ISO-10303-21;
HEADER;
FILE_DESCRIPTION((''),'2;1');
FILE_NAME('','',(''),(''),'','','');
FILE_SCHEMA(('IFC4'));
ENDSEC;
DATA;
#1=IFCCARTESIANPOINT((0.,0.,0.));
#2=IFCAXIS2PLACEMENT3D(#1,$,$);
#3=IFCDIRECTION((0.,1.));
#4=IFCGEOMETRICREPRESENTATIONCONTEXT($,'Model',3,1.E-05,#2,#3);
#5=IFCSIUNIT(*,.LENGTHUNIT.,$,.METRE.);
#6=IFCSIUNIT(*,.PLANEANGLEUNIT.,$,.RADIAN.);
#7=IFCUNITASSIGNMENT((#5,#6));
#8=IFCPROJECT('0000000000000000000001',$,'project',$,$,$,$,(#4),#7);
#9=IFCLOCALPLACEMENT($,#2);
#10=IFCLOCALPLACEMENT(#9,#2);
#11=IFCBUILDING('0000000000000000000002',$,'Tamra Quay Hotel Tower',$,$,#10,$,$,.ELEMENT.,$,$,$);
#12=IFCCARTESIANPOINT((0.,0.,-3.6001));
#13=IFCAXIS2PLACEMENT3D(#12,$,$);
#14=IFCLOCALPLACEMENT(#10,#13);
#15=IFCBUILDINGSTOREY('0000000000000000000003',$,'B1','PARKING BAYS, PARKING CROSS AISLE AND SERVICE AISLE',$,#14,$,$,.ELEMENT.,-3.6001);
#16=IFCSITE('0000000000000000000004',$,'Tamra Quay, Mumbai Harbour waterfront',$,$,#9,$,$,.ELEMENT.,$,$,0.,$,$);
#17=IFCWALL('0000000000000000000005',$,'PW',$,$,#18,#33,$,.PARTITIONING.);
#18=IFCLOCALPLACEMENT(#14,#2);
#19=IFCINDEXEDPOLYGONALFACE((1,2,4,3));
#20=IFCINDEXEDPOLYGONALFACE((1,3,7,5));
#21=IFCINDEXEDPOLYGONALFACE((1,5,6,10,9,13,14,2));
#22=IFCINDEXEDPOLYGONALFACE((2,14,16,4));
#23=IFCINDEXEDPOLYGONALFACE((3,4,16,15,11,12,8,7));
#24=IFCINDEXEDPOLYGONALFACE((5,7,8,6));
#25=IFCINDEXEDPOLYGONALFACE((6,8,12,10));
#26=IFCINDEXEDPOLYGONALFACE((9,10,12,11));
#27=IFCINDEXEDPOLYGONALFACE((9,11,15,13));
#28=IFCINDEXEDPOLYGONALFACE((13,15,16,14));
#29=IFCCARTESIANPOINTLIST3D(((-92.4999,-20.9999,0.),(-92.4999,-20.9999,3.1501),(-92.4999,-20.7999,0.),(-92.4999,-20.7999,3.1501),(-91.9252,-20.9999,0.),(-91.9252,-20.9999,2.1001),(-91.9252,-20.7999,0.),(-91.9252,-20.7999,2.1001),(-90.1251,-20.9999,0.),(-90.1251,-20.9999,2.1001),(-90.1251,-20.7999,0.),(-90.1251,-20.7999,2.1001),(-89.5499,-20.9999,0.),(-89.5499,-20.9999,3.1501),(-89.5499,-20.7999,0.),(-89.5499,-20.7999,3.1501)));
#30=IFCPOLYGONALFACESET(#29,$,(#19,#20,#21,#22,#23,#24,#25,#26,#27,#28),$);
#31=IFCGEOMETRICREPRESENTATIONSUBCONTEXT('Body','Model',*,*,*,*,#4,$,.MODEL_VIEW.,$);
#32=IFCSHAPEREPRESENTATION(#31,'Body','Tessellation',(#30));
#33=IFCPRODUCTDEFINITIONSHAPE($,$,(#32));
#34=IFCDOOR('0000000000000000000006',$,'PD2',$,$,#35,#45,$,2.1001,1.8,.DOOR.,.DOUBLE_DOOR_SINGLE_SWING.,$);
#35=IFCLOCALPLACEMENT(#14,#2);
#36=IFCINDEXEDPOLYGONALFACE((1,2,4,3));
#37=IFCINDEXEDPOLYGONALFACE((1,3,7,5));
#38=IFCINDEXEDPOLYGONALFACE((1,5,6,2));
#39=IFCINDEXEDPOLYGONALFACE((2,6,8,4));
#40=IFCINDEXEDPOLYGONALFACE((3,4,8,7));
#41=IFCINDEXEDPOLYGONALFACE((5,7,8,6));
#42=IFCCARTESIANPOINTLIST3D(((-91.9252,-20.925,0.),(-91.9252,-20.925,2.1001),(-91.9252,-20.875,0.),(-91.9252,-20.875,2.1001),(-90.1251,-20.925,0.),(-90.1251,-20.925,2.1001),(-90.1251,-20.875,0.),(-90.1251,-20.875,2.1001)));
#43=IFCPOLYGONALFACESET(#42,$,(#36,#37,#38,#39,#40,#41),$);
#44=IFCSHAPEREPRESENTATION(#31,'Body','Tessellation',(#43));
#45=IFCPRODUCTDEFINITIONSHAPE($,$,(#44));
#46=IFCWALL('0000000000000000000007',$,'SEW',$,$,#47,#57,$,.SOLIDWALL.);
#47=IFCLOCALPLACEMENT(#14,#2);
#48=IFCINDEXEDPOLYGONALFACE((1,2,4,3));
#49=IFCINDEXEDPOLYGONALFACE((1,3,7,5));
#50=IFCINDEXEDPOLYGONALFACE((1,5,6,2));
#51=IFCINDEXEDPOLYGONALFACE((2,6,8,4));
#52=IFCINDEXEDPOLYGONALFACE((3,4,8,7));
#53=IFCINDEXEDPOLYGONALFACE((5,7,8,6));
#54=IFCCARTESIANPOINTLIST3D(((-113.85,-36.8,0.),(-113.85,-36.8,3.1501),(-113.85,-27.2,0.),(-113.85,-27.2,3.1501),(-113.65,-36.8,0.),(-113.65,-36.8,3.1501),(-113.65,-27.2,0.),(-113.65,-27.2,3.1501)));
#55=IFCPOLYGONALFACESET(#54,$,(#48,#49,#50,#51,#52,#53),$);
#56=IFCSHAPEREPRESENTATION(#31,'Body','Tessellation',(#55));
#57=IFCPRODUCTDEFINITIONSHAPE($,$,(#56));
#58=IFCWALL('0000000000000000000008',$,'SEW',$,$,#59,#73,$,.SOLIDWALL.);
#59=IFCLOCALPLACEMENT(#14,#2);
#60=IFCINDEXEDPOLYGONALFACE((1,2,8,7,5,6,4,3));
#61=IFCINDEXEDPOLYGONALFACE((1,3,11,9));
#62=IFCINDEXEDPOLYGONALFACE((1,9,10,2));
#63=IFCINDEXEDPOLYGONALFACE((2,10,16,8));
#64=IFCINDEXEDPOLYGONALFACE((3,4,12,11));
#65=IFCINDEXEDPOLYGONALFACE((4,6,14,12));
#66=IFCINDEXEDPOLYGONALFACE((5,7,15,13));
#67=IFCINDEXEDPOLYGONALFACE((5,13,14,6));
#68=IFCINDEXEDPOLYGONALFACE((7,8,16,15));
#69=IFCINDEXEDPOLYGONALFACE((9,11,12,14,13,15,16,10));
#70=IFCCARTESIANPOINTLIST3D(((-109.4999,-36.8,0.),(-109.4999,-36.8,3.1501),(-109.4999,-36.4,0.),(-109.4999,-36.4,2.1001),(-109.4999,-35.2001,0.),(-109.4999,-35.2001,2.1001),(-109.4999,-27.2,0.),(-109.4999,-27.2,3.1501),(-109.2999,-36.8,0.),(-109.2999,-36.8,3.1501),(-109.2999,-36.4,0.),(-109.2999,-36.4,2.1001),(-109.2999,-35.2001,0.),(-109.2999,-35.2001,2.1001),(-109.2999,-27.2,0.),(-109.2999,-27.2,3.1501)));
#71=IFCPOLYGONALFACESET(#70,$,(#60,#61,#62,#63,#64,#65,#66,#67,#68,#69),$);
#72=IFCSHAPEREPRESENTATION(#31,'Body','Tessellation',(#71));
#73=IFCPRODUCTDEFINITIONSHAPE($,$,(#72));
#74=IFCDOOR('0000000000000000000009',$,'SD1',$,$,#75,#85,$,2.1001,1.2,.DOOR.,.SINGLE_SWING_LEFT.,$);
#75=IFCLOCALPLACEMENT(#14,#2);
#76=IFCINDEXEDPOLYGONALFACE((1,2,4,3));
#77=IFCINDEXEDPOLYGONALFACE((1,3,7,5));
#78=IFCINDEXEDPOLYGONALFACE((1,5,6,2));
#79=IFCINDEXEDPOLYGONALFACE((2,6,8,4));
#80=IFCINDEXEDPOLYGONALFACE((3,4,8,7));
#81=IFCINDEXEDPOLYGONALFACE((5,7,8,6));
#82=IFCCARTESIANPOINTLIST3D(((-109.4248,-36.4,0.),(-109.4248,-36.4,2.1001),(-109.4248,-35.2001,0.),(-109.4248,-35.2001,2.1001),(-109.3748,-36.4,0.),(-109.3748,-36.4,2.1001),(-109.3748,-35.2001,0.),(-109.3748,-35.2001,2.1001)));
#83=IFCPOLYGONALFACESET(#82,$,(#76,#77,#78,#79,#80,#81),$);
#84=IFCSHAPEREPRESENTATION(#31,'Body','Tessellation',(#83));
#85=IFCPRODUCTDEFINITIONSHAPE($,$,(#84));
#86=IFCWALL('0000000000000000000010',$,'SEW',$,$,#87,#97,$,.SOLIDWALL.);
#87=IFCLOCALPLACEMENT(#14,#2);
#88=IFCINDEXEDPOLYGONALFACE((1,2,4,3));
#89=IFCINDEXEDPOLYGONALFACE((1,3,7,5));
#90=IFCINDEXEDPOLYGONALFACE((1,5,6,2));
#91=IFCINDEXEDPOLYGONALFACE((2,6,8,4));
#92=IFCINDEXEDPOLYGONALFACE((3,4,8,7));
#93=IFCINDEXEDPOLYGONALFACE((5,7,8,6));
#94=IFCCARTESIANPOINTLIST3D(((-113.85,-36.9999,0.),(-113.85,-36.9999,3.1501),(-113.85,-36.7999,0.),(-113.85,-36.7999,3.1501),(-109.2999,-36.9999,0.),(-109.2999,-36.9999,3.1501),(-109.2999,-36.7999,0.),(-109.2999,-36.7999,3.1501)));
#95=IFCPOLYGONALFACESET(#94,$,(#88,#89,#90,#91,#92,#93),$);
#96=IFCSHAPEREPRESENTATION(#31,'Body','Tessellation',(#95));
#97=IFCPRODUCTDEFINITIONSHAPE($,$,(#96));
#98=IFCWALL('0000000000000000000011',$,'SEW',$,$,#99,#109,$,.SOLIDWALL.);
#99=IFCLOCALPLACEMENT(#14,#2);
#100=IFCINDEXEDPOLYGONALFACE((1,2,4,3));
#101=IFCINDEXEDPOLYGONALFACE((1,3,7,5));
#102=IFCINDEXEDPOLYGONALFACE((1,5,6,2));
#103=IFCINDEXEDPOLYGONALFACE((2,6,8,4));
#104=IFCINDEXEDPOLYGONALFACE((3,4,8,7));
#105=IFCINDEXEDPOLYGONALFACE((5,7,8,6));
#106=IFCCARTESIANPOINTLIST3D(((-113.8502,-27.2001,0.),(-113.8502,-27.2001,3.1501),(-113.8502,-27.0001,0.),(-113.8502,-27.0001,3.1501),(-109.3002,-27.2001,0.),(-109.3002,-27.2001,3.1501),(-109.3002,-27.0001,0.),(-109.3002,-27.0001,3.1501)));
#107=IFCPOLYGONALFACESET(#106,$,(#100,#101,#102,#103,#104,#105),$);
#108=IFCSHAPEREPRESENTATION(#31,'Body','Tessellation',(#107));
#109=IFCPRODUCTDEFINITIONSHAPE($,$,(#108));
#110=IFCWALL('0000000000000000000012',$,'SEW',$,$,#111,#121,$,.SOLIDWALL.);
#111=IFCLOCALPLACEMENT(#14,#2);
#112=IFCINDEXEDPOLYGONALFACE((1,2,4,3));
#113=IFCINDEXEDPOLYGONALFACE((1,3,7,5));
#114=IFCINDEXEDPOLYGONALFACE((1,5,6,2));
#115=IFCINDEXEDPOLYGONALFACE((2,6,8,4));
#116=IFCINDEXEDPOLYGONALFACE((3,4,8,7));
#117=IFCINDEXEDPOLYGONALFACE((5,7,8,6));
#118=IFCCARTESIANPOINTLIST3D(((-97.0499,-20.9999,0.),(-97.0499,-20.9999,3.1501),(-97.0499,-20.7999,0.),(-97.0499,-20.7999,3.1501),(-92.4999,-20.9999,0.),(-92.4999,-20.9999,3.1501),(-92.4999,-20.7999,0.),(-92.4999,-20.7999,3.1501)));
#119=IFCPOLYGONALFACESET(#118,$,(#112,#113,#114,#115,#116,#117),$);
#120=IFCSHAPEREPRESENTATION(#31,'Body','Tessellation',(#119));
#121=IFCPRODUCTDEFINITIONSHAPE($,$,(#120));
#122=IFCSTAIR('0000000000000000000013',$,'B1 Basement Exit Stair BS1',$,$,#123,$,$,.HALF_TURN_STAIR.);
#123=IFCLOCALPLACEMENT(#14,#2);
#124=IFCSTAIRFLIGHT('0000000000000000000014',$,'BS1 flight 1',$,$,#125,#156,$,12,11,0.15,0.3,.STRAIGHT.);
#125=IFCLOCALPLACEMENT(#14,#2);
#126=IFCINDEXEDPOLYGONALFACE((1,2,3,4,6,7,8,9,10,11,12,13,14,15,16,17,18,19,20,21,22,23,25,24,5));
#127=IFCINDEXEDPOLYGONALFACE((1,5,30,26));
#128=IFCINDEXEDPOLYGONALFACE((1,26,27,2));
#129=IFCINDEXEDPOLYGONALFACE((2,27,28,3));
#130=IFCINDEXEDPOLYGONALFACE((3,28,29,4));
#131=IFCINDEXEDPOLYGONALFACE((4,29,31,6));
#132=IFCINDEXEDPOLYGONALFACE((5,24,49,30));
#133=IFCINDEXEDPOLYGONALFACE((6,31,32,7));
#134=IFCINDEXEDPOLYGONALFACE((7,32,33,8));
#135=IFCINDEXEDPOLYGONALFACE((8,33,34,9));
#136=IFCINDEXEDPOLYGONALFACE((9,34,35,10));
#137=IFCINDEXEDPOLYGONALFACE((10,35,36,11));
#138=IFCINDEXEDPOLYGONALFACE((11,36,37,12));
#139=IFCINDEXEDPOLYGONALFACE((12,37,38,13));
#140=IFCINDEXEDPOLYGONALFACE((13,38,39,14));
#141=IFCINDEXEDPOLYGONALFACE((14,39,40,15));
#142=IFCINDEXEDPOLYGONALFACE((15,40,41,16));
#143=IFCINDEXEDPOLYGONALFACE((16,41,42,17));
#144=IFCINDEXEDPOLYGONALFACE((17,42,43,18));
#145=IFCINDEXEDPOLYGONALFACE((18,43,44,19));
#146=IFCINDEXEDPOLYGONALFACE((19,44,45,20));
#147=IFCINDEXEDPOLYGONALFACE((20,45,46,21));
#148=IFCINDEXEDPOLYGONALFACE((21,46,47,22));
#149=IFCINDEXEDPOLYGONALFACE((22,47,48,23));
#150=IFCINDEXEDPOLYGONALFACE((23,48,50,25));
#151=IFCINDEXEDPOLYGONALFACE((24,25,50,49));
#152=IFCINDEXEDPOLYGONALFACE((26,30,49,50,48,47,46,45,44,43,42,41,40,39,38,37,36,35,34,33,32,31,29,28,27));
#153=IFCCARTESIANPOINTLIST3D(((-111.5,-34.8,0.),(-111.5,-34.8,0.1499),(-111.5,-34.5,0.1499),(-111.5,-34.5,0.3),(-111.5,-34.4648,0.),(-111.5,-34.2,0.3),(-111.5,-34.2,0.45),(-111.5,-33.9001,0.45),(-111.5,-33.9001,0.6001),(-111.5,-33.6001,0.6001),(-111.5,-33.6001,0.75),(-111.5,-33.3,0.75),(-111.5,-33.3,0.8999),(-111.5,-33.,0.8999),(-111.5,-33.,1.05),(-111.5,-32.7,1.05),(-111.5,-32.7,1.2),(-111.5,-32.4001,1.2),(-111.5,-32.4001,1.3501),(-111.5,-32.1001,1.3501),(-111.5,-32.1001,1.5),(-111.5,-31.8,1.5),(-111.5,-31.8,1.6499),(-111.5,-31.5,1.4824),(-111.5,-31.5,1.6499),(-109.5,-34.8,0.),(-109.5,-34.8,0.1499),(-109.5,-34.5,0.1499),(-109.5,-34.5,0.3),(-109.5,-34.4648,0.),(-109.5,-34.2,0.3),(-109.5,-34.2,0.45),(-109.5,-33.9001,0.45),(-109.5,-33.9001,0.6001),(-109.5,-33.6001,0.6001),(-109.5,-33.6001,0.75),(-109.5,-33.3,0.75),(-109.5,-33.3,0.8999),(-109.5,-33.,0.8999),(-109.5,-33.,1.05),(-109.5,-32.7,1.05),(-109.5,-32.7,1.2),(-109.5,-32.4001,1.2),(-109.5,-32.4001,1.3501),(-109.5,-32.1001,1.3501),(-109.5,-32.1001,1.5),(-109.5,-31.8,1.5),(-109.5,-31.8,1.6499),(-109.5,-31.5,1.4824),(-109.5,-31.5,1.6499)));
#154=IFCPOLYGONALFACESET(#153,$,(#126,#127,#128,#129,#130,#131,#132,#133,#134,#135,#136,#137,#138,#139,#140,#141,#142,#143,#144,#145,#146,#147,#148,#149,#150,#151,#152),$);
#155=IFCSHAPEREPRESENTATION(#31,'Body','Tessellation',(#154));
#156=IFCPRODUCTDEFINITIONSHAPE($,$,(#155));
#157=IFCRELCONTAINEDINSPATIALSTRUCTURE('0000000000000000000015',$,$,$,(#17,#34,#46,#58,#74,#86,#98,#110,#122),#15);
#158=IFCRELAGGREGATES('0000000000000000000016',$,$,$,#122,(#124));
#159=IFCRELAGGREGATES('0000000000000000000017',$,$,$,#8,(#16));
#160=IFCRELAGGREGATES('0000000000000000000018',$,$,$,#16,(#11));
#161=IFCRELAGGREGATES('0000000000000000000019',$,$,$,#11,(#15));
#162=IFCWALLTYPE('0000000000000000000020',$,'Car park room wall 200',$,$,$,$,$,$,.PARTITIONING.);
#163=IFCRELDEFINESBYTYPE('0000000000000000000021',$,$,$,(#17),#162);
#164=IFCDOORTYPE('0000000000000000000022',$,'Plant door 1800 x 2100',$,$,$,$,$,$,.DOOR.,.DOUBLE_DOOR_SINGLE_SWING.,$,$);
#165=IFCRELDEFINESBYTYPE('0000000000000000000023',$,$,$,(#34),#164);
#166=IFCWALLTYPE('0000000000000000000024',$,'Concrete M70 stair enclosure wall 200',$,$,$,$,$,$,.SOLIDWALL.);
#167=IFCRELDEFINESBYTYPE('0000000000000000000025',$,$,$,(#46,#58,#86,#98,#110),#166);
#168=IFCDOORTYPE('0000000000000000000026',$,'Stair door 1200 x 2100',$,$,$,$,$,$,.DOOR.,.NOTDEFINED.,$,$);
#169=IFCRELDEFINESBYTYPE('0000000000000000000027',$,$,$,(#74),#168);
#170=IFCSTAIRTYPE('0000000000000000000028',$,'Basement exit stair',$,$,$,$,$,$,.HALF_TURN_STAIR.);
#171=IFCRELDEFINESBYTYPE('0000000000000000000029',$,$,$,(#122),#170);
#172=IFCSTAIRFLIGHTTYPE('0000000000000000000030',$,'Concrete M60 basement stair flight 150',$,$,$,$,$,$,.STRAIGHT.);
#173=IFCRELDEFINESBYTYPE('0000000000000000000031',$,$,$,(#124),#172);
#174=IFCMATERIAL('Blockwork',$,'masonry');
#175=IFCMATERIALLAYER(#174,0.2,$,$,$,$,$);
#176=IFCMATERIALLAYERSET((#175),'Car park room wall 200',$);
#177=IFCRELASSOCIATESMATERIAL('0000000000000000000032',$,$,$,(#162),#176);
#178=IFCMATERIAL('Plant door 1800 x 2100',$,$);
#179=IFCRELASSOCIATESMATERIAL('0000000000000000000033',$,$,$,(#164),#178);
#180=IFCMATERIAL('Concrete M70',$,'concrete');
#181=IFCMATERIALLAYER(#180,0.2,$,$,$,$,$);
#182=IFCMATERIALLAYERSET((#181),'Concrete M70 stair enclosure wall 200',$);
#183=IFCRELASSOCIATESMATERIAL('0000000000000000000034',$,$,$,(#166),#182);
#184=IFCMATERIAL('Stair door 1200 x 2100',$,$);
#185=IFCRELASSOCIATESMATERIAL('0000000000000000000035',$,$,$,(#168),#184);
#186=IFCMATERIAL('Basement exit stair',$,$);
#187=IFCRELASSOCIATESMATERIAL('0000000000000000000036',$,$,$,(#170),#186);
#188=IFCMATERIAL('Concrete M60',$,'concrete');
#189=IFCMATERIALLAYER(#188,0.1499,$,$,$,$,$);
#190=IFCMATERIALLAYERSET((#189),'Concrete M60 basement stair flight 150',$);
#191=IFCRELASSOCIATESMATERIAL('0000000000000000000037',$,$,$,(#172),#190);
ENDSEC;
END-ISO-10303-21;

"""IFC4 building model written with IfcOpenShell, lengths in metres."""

from ifc_helpers import new_model, si_unit, direction, frame, frame_2d, origin, place, context, subcontext, project, spatial, polyline, rectangle, outline, extrude, material, layer, layer_set, type_object, element, fill, aggregate, save


model = new_model("IFC4")

# Units and contexts
model_context = context("Model", 3, precision=1e-05, world=origin(), true_north=direction((0.0, 1.0)))
body_context = subcontext(model_context, "Body", "Model", "MODEL_VIEW")
ifc_project = project(units=[si_unit("LENGTHUNIT", "METRE"), si_unit("PLANEANGLEUNIT", "RADIAN")], contexts=[model_context])

# Site, building, storey
site_placement = place(None, origin())
site = spatial("IfcSite", under=ifc_project, at=site_placement, Name="Tamra Quay, Mumbai Harbour waterfront", CompositionType="ELEMENT", RefElevation=0.0)
building_placement = place(site_placement, origin())
building = spatial("IfcBuilding", under=site, at=building_placement, Name="Tamra Quay Hotel Tower", CompositionType="ELEMENT")
storey_placement = place(building_placement, frame((0.0, 0.0, -3.6001)))
storey = spatial("IfcBuildingStorey", under=building, at=storey_placement, Name="B1", Description="PARKING BAYS, PARKING CROSS AISLE AND SERVICE AISLE", CompositionType="ELEMENT", Elevation=-3.6001)

# Shared definitions
ifc_material_1 = material(Name="Concrete M70", Category="concrete")

# Shared definitions
ifc_material_2 = material(Name="Blockwork", Category="masonry")
ifc_layer_1 = layer(ifc_material_2, 0.2)
ifc_layer_set_1 = layer_set([ifc_layer_1], Name="Car park room wall 200")
wall_type_1 = type_object("IfcWallType", Name="Car park room wall 200", PredefinedType="PARTITIONING", material=ifc_layer_set_1)
ifc_material_3 = material(Name="Plant door 1800 x 2100")
door_type_1 = type_object("IfcDoorType", Name="Plant door 1800 x 2100", OperationType="DOUBLE_DOOR_SINGLE_SWING", PredefinedType="DOOR", material=ifc_material_3)

# Wall, opening, door
wall_1_placement = place(storey_placement, frame((-92.5, -20.8999, 0.0), z_axis=(0.0, 0.0, 1.0), x_axis=(1.0, 0.0, 0.0)))
wall_1 = element("IfcWall", 1, at=wall_1_placement, inside=storey, type_object=wall_type_1, Name="PW", PredefinedType="PARTITIONING", context=body_context, shape_type="SweptSolid", body=[
    extrude(rectangle(XDim=2.95, YDim=0.2, at=frame_2d((1.4751, 0.0))), origin(), (0.0, 0.0, 1.0), 3.1501),
])
opening_1_placement = place(wall_1_placement, frame((0.575, 0.0, 0.0)))
opening_1 = element("IfcOpeningElement", 2, at=opening_1_placement, cuts=wall_1, PredefinedType="OPENING", context=body_context, shape_type="SweptSolid", body=[
    extrude(rectangle(XDim=1.8, YDim=2.1001, at=frame_2d((0.8999, 1.05))), frame((0.0, 0.1099, 0.0), z_axis=(0.0, -1.0, 0.0), x_axis=(1.0, 0.0, 0.0)), (0.0, 0.0, 1.0), 0.22),
])
door_1_placement = place(opening_1_placement, origin())
door_1 = element("IfcDoor", 3, at=door_1_placement, inside=storey, type_object=door_type_1, Name="PD2", OperationType="DOUBLE_DOOR_SINGLE_SWING", OverallHeight=2.1001, OverallWidth=1.8, PredefinedType="DOOR", context=body_context, shape_type="SweptSolid", body=[
    extrude(rectangle(XDim=1.8, YDim=2.1001, at=frame_2d((0.8999, 1.05))), frame((0.0, 0.0249, 0.0), z_axis=(0.0, -1.0, 0.0), x_axis=(1.0, 0.0, 0.0)), (0.0, 0.0, 1.0), 0.05),
])
fill(opening_1, door_1)

# Wall
ifc_layer_2 = layer(ifc_material_1, 0.2)
ifc_layer_set_2 = layer_set([ifc_layer_2], Name="Concrete M70 stair enclosure wall 200")
wall_type_2 = type_object("IfcWallType", Name="Concrete M70 stair enclosure wall 200", PredefinedType="SOLIDWALL", material=ifc_layer_set_2)
wall_2_placement = place(storey_placement, frame((-113.75, -36.8, 0.0), z_axis=(0.0, 0.0, 1.0), x_axis=(0.0, 1.0, 0.0)))
element("IfcWall", 4, at=wall_2_placement, inside=storey, type_object=wall_type_2, Name="SEW", PredefinedType="SOLIDWALL", context=body_context, shape_type="SweptSolid", body=[
    extrude(rectangle(XDim=9.6001, YDim=0.2, at=frame_2d((4.8, 0.0))), origin(), (0.0, 0.0, 1.0), 3.1501),
])

# Wall, opening, door
wall_3_placement = place(storey_placement, frame((-109.3999, -36.8, 0.0), z_axis=(0.0, 0.0, 1.0), x_axis=(0.0, 1.0, 0.0)))
wall_3 = element("IfcWall", 5, at=wall_3_placement, inside=storey, type_object=wall_type_2, Name="SEW", PredefinedType="SOLIDWALL", context=body_context, shape_type="SweptSolid", body=[
    extrude(rectangle(XDim=9.6001, YDim=0.2, at=frame_2d((4.8, 0.0))), origin(), (0.0, 0.0, 1.0), 3.1501),
])
opening_2_placement = place(wall_3_placement, frame((0.3999, 0.0, 0.0)))
opening_2 = element("IfcOpeningElement", 6, at=opening_2_placement, cuts=wall_3, PredefinedType="OPENING", context=body_context, shape_type="SweptSolid", body=[
    extrude(rectangle(XDim=1.2, YDim=2.1001, at=frame_2d((0.6001, 1.05))), frame((0.0, 0.1099, 0.0), z_axis=(0.0, -1.0, 0.0), x_axis=(1.0, 0.0, 0.0)), (0.0, 0.0, 1.0), 0.22),
])
ifc_material_4 = material(Name="Stair door 1200 x 2100")
door_type_2 = type_object("IfcDoorType", Name="Stair door 1200 x 2100", OperationType="NOTDEFINED", PredefinedType="DOOR", material=ifc_material_4)
door_2_placement = place(opening_2_placement, origin())
door_2 = element("IfcDoor", 7, at=door_2_placement, inside=storey, type_object=door_type_2, Name="SD1", OperationType="SINGLE_SWING_LEFT", OverallHeight=2.1001, OverallWidth=1.2, PredefinedType="DOOR", context=body_context, shape_type="SweptSolid", body=[
    extrude(rectangle(XDim=1.2, YDim=2.1001, at=frame_2d((0.6001, 1.05))), frame((0.0, 0.0249, 0.0), z_axis=(0.0, -1.0, 0.0), x_axis=(1.0, 0.0, 0.0)), (0.0, 0.0, 1.0), 0.05),
])
fill(opening_2, door_2)

# Walls
for number, where, z_axis, x_axis, name in (
    (8, (-109.3, -36.8999, 0.0), (0.0, 0.0, 1.0), (-1.0, 0.0, 0.0), "SEW"),
    (9, (-113.8501, -27.1001, 0.0), (0.0, 0.0, 1.0), (1.0, 0.0, 0.0), "SEW"),
    (10, (-92.5, -20.8999, 0.0), (0.0, 0.0, 1.0), (-1.0, 0.0, 0.0), "SEW"),
):
    element("IfcWall", number, at=place(storey_placement, frame(where, z_axis=z_axis, x_axis=x_axis)), inside=storey, type_object=wall_type_2, Name=name, PredefinedType="SOLIDWALL", context=body_context, shape_type="SweptSolid", body=[
        extrude(rectangle(XDim=4.55, YDim=0.2, at=frame_2d((2.2749, 0.0))), origin(), (0.0, 0.0, 1.0), 3.1501),
    ])

# Stair, stair flight
ifc_material_5 = material(Name="Basement exit stair")
stair_type = type_object("IfcStairType", Name="Basement exit stair", PredefinedType="HALF_TURN_STAIR", material=ifc_material_5)
stair_placement = place(storey_placement, origin())
stair = element("IfcStair", 11, at=stair_placement, inside=storey, type_object=stair_type, Name="B1 Basement Exit Stair BS1", PredefinedType="HALF_TURN_STAIR")
ifc_material_6 = material(Name="Concrete M60", Category="concrete")
ifc_layer_3 = layer(ifc_material_6, 0.1499)
ifc_layer_set_3 = layer_set([ifc_layer_3], Name="Concrete M60 basement stair flight 150")
stair_flight_type = type_object("IfcStairFlightType", Name="Concrete M60 basement stair flight 150", PredefinedType="STRAIGHT", material=ifc_layer_set_3)
stair_flight_1_placement = place(storey_placement, frame((-110.5, -34.8, 0.0), z_axis=(0.0, 0.0, 1.0), x_axis=(0.0, 1.0, 0.0)))
stair_flight_1 = element("IfcStairFlight", 12, at=stair_flight_1_placement, type_object=stair_flight_type, Name="BS1 flight 1", NumberOfRisers=12, NumberOfTreads=11, PredefinedType="STRAIGHT", RiserHeight=0.15, TreadLength=0.3, context=body_context, shape_type="SweptSolid", body=[
    extrude(outline(polyline([(0.0, 0.0), (0.0, 0.1499), (0.3, 0.1499), (0.3, 0.3), (0.6001, 0.3), (0.6001, 0.45), (0.8999, 0.45), (0.8999, 0.6001), (1.2, 0.6001), (1.2, 0.75), (1.5, 0.75), (1.5, 0.8999), (1.8, 0.8999), (1.8, 1.05), (2.1001, 1.05), (2.1001, 1.2), (2.3999, 1.2), (2.3999, 1.3501), (2.7, 1.3501), (2.7, 1.5), (3.0, 1.5), (3.0, 1.6499), (3.3, 1.6499), (3.3, 1.8), (3.3, 1.4824), (0.3352, 0.0), (0.0, 0.0)])), frame((0.0, 1.0, 0.0), z_axis=(0.0, -1.0, 0.0), x_axis=(1.0, 0.0, 0.0)), (0.0, 0.0, 1.0), 2.0),
])
aggregate(stair, [stair_flight_1])

save(model, "model.ifc")
